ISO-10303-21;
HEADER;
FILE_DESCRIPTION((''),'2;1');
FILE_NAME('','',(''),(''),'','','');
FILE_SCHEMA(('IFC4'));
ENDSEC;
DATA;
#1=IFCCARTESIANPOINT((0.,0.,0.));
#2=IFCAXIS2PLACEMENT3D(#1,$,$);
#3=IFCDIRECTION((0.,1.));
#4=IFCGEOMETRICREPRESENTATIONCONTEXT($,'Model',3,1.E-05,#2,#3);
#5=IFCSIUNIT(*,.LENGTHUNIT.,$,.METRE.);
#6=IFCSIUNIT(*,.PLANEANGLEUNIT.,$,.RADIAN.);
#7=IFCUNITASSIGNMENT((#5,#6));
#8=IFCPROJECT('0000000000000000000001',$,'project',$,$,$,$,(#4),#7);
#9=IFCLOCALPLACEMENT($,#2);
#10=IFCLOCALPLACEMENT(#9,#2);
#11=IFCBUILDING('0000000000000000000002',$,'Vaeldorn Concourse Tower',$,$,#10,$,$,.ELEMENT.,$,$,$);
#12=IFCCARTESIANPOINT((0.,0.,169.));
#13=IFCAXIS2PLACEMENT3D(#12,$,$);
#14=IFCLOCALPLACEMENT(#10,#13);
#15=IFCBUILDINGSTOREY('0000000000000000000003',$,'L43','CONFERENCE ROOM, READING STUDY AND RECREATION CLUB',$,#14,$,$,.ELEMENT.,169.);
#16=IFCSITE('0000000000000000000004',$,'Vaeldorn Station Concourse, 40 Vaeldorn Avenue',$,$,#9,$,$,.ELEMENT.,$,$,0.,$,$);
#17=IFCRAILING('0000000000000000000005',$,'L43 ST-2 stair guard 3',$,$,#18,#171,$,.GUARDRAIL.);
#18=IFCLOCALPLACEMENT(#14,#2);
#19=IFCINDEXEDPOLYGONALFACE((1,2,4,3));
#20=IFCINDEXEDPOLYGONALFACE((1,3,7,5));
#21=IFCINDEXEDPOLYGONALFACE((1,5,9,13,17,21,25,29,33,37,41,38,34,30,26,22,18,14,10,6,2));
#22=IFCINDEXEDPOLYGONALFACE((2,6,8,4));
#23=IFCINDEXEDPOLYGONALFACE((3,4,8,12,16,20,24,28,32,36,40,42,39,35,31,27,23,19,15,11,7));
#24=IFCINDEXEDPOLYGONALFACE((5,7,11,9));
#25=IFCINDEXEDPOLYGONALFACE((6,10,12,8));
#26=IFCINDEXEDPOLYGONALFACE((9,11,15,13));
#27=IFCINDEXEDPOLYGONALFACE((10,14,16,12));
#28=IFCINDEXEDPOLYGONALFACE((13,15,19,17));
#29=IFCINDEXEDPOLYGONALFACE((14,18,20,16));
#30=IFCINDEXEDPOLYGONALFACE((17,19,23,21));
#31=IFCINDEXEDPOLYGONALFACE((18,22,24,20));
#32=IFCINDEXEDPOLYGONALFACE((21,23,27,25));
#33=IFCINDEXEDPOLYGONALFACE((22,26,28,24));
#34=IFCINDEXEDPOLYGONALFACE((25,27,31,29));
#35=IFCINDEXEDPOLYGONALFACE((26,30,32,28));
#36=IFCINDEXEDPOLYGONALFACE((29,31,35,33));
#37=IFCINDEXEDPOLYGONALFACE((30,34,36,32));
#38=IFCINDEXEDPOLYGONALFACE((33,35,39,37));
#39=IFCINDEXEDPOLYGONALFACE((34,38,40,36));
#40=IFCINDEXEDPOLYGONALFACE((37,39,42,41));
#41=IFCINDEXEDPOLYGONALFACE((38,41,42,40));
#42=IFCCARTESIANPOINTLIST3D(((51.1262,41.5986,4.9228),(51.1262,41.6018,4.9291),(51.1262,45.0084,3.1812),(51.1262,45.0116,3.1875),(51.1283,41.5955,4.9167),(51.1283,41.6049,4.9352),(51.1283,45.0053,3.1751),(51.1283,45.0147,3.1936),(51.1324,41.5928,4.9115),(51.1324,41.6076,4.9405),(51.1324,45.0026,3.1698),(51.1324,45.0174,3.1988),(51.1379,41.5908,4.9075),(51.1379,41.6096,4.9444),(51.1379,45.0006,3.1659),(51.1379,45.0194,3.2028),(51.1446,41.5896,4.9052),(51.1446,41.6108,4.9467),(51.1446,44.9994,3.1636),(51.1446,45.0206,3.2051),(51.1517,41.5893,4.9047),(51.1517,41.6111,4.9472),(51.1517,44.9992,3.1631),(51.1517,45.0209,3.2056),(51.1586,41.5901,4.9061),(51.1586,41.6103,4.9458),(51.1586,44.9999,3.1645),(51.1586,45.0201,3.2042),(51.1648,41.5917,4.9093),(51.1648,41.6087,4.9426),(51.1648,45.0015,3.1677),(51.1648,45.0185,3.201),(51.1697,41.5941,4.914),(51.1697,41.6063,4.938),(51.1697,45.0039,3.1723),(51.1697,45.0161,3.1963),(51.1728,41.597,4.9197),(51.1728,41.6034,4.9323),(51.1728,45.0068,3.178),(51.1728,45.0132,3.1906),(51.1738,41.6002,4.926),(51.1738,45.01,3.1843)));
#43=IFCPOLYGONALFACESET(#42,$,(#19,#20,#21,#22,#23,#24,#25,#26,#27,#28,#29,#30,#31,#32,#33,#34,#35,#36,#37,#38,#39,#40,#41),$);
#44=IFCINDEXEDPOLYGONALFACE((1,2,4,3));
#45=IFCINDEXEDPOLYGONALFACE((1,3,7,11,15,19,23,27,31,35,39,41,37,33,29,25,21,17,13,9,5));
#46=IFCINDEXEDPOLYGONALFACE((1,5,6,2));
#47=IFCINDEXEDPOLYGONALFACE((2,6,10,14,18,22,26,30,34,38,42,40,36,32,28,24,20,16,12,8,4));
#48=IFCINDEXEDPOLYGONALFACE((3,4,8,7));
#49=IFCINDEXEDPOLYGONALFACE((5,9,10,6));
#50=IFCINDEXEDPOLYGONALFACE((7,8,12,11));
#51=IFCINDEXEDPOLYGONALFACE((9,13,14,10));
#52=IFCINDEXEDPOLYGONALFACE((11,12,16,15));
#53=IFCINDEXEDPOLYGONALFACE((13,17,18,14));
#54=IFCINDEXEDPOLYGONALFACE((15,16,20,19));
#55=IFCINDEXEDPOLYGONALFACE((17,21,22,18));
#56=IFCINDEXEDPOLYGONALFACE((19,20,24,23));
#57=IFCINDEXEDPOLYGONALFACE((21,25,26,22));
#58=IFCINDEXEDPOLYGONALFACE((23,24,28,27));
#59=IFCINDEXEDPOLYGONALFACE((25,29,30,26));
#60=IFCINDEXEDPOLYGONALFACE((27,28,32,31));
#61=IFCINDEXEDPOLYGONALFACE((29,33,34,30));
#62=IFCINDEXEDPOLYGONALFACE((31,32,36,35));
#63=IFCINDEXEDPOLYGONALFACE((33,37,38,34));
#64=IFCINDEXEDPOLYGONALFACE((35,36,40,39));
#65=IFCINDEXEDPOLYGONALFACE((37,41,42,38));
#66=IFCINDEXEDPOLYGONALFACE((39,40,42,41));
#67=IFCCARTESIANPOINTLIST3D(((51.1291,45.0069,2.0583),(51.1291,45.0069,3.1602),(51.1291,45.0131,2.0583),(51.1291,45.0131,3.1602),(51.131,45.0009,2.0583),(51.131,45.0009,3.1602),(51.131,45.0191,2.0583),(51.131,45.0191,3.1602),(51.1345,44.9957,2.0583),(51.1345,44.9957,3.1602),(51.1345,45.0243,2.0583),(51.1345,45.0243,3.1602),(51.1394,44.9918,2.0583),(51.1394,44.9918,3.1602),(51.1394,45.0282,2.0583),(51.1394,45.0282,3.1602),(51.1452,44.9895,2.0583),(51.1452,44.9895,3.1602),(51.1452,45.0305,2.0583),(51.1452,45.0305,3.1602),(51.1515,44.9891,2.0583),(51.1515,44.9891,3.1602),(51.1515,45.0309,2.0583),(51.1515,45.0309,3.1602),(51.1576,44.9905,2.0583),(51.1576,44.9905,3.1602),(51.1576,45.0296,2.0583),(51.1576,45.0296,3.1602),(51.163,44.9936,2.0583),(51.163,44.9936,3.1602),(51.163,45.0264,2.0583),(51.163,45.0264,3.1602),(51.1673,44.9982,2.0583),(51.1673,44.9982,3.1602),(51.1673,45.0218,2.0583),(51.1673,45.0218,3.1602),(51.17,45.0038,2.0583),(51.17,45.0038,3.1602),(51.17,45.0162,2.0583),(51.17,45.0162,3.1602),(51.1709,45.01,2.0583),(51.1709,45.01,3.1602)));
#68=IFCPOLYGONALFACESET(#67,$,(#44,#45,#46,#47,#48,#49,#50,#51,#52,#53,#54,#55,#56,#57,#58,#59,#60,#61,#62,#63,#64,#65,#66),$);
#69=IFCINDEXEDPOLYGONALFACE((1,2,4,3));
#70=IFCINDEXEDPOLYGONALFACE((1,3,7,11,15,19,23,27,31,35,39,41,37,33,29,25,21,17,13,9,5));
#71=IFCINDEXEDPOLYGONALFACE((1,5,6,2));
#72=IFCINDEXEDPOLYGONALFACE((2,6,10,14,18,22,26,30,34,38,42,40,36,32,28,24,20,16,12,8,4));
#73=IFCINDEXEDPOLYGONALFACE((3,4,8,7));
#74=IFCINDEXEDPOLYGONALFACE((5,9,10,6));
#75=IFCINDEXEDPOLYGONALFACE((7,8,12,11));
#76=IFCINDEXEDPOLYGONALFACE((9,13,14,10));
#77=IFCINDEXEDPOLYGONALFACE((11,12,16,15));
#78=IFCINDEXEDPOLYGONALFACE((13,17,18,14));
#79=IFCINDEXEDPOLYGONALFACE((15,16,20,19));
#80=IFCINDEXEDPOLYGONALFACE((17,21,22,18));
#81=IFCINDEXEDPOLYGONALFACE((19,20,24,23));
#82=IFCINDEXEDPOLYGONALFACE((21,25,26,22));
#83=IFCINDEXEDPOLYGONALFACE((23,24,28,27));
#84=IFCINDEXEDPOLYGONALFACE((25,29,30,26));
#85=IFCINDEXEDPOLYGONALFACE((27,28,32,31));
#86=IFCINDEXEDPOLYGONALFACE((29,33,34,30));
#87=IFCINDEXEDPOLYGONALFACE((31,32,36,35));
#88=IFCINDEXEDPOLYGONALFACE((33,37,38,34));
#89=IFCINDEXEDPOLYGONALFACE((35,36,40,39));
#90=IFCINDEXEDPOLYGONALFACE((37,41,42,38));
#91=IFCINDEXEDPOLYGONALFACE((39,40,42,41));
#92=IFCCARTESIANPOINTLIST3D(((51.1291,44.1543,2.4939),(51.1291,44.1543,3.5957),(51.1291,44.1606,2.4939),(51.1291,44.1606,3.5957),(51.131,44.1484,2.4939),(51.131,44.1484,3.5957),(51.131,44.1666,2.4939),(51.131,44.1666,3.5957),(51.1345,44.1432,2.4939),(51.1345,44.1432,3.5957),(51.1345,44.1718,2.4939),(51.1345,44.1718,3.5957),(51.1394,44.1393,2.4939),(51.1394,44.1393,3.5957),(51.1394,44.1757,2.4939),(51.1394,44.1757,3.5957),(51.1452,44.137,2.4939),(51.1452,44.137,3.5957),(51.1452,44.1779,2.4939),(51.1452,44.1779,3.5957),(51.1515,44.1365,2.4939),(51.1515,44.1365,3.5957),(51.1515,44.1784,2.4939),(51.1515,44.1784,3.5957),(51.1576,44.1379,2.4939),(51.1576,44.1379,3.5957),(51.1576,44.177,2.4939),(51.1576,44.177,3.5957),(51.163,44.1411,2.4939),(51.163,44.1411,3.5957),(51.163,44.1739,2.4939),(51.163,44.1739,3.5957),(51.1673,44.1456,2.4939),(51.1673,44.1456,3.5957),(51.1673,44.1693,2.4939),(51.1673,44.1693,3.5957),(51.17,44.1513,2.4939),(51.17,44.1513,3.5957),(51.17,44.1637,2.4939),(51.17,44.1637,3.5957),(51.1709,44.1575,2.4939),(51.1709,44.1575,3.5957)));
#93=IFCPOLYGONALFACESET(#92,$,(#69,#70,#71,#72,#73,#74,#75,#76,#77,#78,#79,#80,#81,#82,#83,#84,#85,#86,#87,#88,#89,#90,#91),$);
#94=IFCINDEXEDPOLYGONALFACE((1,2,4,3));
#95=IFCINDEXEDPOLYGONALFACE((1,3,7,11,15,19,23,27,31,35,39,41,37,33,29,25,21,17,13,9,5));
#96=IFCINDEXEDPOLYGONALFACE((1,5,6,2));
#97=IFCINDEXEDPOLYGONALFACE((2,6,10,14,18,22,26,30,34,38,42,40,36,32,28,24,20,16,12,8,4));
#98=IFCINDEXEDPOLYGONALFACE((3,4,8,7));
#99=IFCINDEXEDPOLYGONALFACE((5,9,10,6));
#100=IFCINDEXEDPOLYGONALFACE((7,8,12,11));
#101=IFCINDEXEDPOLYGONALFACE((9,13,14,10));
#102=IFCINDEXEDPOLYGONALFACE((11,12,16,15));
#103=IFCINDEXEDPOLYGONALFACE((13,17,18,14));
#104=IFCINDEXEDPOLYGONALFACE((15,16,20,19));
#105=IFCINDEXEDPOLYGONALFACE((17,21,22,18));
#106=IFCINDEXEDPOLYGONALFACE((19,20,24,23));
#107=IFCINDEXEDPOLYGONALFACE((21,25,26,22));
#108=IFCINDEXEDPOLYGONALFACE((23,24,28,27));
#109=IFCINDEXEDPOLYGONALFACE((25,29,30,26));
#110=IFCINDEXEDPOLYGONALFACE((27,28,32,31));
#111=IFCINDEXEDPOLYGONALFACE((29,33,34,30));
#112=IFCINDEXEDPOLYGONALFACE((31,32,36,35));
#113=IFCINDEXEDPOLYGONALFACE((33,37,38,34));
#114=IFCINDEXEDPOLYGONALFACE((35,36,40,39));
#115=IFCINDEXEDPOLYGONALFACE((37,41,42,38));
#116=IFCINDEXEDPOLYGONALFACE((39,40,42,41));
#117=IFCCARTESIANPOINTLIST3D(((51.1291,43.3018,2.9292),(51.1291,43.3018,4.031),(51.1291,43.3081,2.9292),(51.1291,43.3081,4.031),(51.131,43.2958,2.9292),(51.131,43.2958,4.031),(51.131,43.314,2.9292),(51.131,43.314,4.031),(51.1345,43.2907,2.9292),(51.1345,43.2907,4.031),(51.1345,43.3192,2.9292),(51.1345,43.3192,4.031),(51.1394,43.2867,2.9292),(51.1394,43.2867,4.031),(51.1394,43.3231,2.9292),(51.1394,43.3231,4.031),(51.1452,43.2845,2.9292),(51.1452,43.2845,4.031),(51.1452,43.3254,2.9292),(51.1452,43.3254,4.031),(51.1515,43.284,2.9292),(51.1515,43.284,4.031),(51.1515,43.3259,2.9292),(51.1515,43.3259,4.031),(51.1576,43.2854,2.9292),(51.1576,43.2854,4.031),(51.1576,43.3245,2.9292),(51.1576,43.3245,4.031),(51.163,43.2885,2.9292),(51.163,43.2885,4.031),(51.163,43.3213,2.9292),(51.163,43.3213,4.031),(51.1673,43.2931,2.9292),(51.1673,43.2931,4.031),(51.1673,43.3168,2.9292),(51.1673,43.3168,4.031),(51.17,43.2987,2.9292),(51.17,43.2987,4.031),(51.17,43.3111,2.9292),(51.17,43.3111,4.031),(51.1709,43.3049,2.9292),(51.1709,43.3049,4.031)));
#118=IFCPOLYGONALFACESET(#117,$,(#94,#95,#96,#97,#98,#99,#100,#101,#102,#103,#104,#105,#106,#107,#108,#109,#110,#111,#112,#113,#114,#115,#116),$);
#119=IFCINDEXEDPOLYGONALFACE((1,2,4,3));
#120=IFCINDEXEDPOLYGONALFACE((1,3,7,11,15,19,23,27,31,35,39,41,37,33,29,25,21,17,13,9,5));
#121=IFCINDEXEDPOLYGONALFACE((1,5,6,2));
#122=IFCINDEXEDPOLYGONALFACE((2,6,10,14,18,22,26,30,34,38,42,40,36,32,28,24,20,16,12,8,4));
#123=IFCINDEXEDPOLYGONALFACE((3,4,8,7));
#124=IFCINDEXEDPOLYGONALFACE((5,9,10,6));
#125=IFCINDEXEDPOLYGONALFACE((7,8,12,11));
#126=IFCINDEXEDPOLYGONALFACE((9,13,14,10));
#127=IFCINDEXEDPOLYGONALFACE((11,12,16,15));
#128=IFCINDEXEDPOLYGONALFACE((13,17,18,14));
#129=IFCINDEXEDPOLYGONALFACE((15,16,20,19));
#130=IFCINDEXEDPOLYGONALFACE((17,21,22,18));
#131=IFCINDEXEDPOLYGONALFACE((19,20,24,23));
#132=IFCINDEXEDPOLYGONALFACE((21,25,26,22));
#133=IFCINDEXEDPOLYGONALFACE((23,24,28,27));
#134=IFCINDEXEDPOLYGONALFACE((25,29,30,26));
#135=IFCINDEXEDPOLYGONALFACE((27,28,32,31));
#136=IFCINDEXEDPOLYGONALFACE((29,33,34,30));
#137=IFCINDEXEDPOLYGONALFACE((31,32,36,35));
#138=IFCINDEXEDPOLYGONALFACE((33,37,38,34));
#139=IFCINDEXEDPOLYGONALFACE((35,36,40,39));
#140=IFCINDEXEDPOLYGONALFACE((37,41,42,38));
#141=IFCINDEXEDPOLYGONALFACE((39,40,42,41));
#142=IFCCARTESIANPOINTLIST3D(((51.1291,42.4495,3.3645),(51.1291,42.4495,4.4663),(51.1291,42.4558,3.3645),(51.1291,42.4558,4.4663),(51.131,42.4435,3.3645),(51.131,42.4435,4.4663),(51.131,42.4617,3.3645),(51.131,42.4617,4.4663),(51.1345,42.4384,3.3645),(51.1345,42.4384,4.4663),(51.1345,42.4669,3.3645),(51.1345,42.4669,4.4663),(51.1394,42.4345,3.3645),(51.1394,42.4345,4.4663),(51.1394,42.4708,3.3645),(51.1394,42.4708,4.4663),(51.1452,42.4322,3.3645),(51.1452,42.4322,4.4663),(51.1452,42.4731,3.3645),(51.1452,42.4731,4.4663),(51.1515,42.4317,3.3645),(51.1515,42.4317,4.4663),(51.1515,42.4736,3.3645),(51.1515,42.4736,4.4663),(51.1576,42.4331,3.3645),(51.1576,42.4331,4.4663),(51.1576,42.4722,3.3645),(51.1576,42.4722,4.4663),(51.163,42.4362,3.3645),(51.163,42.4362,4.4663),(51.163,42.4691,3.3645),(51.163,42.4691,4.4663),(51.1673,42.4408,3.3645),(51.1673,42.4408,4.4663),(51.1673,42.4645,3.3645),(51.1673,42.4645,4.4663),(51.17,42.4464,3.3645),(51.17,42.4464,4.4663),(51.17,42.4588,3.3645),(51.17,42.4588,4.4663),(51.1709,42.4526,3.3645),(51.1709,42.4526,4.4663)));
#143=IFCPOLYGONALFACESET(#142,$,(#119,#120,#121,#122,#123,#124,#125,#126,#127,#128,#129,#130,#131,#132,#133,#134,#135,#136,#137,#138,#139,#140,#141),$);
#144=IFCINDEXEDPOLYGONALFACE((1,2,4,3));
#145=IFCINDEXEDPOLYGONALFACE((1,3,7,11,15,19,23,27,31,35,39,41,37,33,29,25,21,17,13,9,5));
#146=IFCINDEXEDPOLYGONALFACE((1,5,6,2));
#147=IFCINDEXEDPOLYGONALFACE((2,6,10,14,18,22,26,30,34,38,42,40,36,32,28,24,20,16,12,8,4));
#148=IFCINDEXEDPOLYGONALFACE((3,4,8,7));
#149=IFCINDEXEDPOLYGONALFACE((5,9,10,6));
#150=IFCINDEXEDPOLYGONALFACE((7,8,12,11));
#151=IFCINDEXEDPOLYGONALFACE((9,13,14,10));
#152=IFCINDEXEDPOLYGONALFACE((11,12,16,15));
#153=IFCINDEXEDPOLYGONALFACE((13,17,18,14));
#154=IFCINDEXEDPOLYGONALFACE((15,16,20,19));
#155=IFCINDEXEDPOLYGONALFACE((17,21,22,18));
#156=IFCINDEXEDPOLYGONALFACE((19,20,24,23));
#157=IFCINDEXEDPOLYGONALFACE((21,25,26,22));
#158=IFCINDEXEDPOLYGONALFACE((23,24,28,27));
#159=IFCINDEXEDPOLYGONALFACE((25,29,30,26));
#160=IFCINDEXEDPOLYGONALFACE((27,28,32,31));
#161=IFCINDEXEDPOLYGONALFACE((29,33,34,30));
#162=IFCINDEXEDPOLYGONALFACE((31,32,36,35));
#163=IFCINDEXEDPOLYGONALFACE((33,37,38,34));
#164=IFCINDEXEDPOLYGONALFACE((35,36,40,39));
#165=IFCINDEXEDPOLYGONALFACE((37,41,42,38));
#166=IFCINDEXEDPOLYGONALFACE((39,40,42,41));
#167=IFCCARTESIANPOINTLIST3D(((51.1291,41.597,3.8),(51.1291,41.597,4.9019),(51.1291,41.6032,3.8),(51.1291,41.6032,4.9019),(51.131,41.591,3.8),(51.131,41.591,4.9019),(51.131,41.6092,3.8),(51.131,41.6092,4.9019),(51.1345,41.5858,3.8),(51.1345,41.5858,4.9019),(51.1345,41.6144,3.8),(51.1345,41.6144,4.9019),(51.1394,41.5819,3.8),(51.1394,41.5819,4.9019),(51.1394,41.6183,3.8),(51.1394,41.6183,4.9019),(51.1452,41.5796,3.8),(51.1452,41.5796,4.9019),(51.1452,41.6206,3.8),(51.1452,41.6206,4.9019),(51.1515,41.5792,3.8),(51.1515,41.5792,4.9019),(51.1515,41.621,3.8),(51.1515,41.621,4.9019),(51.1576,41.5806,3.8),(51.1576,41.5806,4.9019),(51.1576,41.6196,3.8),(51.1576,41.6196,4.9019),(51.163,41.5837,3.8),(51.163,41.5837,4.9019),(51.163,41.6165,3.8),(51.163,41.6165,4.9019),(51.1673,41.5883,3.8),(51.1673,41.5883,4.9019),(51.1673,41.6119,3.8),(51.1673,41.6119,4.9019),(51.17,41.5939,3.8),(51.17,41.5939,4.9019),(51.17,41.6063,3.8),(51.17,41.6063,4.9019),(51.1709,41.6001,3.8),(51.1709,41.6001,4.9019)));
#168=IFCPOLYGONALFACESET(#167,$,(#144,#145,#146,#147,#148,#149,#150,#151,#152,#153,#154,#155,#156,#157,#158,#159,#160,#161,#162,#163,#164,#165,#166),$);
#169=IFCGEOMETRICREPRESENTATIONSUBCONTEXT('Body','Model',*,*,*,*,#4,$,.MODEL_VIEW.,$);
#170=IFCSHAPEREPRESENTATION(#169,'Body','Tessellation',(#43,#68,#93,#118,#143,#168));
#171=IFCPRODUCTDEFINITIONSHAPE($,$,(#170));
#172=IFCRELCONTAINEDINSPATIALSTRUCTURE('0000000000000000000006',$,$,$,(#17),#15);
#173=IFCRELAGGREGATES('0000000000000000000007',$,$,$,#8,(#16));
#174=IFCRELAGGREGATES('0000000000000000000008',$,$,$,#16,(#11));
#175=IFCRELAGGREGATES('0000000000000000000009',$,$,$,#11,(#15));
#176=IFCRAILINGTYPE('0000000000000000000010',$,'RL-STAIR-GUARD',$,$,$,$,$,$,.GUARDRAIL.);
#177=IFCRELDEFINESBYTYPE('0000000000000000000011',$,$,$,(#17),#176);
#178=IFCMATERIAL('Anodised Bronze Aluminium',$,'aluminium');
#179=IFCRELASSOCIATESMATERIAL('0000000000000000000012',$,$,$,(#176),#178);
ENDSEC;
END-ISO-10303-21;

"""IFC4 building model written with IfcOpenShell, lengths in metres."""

from ifc_helpers import new_model, si_unit, direction, frame, origin, origin_2d, place, context, subcontext, project, spatial, circle, extrude, material, type_object, element, save


model = new_model("IFC4")

# Units and contexts
model_context = context("Model", 3, precision=1e-05, world=origin(), true_north=direction((0.0, 1.0)))
body_context = subcontext(model_context, "Body", "Model", "MODEL_VIEW")
ifc_project = project(units=[si_unit("LENGTHUNIT", "METRE"), si_unit("PLANEANGLEUNIT", "RADIAN")], contexts=[model_context])

# Site, building, storey
site_placement = place(None, origin())
site = spatial("IfcSite", under=ifc_project, at=site_placement, Name="Vaeldorn Station Concourse, 40 Vaeldorn Avenue", CompositionType="ELEMENT", RefElevation=0.0)
building_placement = place(site_placement, origin())
building = spatial("IfcBuilding", under=site, at=building_placement, Name="Vaeldorn Concourse Tower", CompositionType="ELEMENT")
storey_placement = place(building_placement, frame((0.0, 0.0, 169.0)))
storey = spatial("IfcBuildingStorey", under=building, at=storey_placement, Name="L43", Description="CONFERENCE ROOM, READING STUDY AND RECREATION CLUB", CompositionType="ELEMENT", Elevation=169.0)

# Shared definitions
ifc_material_1 = material(Name="Anodised Bronze Aluminium", Category="aluminium")

# Railing
railing_type_1 = type_object("IfcRailingType", Name="RL-STAIR-GUARD", PredefinedType="GUARDRAIL", material=ifc_material_1)
railing_1_placement = place(storey_placement, frame((51.1499, 45.01, 2.0583)))
element("IfcRailing", 1, at=railing_1_placement, inside=storey, type_object=railing_type_1, Name="L43 ST-2 stair guard 3", PredefinedType="GUARDRAIL", context=body_context, shape_type="SweptSolid", body=[
    extrude(circle(Radius=0.0239, at=origin_2d()), frame((0.0, 0.0, 1.126), z_axis=(0.0, -0.890556, 0.454874), x_axis=(1.0, 0.0, 0.0)), (0.0, 0.0, 1.0), 3.8289),
    extrude(circle(Radius=0.021, at=origin_2d()), origin(), (0.0, 0.0, 1.0), 1.1018),
    extrude(circle(Radius=0.021, at=origin_2d()), frame((0.0, -0.8525, 0.4355)), (0.0, 0.0, 1.0), 1.1018),
    extrude(circle(Radius=0.021, at=origin_2d()), frame((0.0, -1.7051, 0.8708)), (0.0, 0.0, 1.0), 1.1018),
    extrude(circle(Radius=0.021, at=origin_2d()), frame((0.0, -2.5574, 1.3062)), (0.0, 0.0, 1.0), 1.1018),
    extrude(circle(Radius=0.021, at=origin_2d()), frame((0.0, -3.4099, 1.7417)), (0.0, 0.0, 1.0), 1.1018),
])

save(model, "model.ifc")
